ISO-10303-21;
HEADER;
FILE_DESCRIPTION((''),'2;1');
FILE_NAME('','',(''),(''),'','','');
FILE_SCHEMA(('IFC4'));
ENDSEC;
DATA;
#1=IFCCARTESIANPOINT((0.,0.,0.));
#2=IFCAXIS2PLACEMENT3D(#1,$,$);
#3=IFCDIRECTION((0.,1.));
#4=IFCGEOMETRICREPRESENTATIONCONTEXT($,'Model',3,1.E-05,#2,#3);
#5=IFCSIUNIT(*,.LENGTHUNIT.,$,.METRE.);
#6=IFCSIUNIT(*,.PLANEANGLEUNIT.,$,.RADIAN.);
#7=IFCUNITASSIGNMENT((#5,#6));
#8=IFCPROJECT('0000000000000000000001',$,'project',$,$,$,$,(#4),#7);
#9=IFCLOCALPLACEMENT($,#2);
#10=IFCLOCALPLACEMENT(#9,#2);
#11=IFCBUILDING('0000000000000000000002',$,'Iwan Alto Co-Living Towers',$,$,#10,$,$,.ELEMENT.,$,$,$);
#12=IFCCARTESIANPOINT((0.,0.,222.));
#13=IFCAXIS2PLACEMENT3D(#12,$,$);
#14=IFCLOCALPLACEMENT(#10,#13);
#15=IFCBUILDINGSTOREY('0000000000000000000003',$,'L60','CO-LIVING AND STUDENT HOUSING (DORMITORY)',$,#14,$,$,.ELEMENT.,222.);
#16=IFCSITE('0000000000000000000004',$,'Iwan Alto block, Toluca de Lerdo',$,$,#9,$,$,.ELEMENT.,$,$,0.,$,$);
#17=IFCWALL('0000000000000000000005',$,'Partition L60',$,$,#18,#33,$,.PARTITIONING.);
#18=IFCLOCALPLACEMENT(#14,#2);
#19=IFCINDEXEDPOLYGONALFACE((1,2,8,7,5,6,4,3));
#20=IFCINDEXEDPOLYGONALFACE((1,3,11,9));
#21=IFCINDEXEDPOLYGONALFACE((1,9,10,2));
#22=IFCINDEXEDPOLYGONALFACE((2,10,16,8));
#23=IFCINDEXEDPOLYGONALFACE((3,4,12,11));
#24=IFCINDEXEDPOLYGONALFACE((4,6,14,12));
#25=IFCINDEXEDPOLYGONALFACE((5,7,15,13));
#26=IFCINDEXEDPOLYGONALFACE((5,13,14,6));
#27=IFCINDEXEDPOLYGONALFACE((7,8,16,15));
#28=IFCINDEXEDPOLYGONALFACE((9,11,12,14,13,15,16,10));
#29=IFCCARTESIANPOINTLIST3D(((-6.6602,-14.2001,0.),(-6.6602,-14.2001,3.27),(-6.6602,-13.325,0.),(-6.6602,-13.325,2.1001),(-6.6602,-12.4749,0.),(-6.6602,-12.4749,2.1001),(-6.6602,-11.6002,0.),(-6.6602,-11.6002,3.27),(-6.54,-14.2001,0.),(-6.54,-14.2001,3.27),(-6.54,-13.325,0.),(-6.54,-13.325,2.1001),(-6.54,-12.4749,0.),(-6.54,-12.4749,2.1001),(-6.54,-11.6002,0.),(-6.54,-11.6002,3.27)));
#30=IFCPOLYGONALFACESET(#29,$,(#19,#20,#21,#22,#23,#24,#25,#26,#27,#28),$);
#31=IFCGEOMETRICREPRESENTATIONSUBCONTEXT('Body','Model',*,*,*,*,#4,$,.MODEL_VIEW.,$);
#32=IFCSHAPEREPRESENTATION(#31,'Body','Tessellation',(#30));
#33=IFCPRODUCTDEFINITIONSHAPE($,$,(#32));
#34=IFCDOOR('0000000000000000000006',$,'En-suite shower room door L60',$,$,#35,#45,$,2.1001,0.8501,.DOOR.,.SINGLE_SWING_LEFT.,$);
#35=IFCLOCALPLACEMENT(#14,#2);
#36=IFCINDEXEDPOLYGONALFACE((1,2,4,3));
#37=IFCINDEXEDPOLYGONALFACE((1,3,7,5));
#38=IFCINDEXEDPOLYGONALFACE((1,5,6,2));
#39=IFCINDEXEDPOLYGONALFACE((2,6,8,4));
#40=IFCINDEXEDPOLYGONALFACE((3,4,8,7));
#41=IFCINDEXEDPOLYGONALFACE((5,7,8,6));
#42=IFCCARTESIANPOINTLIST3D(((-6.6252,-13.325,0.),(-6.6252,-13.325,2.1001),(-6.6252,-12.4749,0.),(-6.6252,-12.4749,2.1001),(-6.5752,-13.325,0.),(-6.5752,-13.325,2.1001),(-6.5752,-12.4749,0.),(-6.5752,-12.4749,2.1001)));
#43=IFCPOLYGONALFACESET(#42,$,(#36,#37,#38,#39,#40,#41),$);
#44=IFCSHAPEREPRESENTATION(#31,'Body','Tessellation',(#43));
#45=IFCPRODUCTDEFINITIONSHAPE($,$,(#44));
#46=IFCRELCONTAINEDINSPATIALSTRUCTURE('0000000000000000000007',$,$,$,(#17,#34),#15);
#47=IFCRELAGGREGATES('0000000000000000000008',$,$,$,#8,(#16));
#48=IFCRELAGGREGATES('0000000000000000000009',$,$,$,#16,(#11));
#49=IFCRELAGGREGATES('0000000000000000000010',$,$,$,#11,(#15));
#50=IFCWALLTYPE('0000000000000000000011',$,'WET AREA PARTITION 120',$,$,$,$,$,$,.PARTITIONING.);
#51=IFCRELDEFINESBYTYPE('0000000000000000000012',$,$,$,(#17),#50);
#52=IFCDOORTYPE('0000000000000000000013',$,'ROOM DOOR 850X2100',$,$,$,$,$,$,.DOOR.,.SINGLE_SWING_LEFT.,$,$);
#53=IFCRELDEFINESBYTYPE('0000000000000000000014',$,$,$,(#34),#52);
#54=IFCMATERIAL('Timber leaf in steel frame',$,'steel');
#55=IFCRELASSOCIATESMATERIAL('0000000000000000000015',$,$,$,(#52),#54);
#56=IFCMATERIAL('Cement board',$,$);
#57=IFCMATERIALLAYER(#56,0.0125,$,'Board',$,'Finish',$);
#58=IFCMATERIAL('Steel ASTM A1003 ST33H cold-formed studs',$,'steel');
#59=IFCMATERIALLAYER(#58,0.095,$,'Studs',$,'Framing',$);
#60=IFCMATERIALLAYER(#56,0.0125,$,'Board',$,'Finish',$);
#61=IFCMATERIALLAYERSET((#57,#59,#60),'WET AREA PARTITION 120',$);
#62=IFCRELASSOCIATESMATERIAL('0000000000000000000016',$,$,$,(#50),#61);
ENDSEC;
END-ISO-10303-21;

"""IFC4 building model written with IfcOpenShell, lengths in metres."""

from ifc_helpers import new_model, si_unit, direction, frame, frame_2d, origin, place, context, subcontext, project, spatial, rectangle, extrude, material, layer, layer_set, type_object, element, fill, save


model = new_model("IFC4")

# Units and contexts
model_context = context("Model", 3, precision=1e-05, world=origin(), true_north=direction((0.0, 1.0)))
body_context = subcontext(model_context, "Body", "Model", "MODEL_VIEW")
ifc_project = project(units=[si_unit("LENGTHUNIT", "METRE"), si_unit("PLANEANGLEUNIT", "RADIAN")], contexts=[model_context])

# Site, building, storey
site_placement = place(None, origin())
site = spatial("IfcSite", under=ifc_project, at=site_placement, Name="Iwan Alto block, Toluca de Lerdo", CompositionType="ELEMENT", RefElevation=0.0)
building_placement = place(site_placement, origin())
building = spatial("IfcBuilding", under=site, at=building_placement, Name="Iwan Alto Co-Living Towers", CompositionType="ELEMENT")
storey_placement = place(building_placement, frame((0.0, 0.0, 222.0)))
storey = spatial("IfcBuildingStorey", under=building, at=storey_placement, Name="L60", Description="CO-LIVING AND STUDENT HOUSING (DORMITORY)", CompositionType="ELEMENT", Elevation=222.0)

# Shared definitions
ifc_material_1 = material(Name="Steel ASTM A1003 ST33H cold-formed studs", Category="steel")
ifc_material_2 = material(Name="Timber leaf in steel frame", Category="steel")
door_type_1 = type_object("IfcDoorType", Name="ROOM DOOR 850X2100", OperationType="SINGLE_SWING_LEFT", PredefinedType="DOOR", material=ifc_material_2)

# Shared definitions
ifc_material_3 = material(Name="Cement board")
ifc_layer_1 = layer(ifc_material_3, 0.0125, Name="Board", Category="Finish")
ifc_layer_2 = layer(ifc_material_1, 0.095, Name="Studs", Category="Framing")
ifc_layer_3 = layer(ifc_material_3, 0.0125, Name="Board", Category="Finish")
ifc_layer_set_1 = layer_set([ifc_layer_1, ifc_layer_2, ifc_layer_3], Name="WET AREA PARTITION 120")
wall_type_1 = type_object("IfcWallType", Name="WET AREA PARTITION 120", PredefinedType="PARTITIONING", material=ifc_layer_set_1)

# Wall, opening, door
wall_1_placement = place(storey_placement, frame((-6.6001, -14.2, 0.0), z_axis=(0.0, 0.0, 1.0), x_axis=(0.0, 1.0, 0.0)))
wall_1 = element("IfcWall", 1, at=wall_1_placement, inside=storey, type_object=wall_type_1, Name="Partition L60", PredefinedType="PARTITIONING", context=body_context, shape_type="SweptSolid", body=[
    extrude(rectangle(XDim=2.5999, YDim=0.1201, at=frame_2d((1.2998, 0.0))), origin(), (0.0, 0.0, 1.0), 3.27),
])
opening_1_placement = place(wall_1_placement, frame((0.875, 0.0, 0.0)))
opening_1 = element("IfcOpeningElement", 2, at=opening_1_placement, cuts=wall_1, PredefinedType="OPENING", context=body_context, shape_type="SweptSolid", body=[
    extrude(rectangle(XDim=0.8501, YDim=2.1001, at=frame_2d((0.425, 1.05))), frame((0.0, 0.0701, 0.0), z_axis=(0.0, -1.0, 0.0), x_axis=(1.0, 0.0, 0.0)), (0.0, 0.0, 1.0), 0.1401),
])
door_1_placement = place(opening_1_placement, frame((0.8501, 0.0, 0.0), z_axis=(0.0, 0.0, 1.0), x_axis=(-1.0, 0.0, 0.0)))
door_1 = element("IfcDoor", 3, at=door_1_placement, inside=storey, type_object=door_type_1, Name="En-suite shower room door L60", OperationType="SINGLE_SWING_LEFT", OverallHeight=2.1001, OverallWidth=0.8501, PredefinedType="DOOR", context=body_context, shape_type="SweptSolid", body=[
    extrude(rectangle(XDim=0.8501, YDim=2.1001, at=frame_2d((0.425, 1.05))), frame((0.0, 0.0249, 0.0), z_axis=(0.0, -1.0, 0.0), x_axis=(1.0, 0.0, 0.0)), (0.0, 0.0, 1.0), 0.05),
])
fill(opening_1, door_1)

save(model, "model.ifc")
